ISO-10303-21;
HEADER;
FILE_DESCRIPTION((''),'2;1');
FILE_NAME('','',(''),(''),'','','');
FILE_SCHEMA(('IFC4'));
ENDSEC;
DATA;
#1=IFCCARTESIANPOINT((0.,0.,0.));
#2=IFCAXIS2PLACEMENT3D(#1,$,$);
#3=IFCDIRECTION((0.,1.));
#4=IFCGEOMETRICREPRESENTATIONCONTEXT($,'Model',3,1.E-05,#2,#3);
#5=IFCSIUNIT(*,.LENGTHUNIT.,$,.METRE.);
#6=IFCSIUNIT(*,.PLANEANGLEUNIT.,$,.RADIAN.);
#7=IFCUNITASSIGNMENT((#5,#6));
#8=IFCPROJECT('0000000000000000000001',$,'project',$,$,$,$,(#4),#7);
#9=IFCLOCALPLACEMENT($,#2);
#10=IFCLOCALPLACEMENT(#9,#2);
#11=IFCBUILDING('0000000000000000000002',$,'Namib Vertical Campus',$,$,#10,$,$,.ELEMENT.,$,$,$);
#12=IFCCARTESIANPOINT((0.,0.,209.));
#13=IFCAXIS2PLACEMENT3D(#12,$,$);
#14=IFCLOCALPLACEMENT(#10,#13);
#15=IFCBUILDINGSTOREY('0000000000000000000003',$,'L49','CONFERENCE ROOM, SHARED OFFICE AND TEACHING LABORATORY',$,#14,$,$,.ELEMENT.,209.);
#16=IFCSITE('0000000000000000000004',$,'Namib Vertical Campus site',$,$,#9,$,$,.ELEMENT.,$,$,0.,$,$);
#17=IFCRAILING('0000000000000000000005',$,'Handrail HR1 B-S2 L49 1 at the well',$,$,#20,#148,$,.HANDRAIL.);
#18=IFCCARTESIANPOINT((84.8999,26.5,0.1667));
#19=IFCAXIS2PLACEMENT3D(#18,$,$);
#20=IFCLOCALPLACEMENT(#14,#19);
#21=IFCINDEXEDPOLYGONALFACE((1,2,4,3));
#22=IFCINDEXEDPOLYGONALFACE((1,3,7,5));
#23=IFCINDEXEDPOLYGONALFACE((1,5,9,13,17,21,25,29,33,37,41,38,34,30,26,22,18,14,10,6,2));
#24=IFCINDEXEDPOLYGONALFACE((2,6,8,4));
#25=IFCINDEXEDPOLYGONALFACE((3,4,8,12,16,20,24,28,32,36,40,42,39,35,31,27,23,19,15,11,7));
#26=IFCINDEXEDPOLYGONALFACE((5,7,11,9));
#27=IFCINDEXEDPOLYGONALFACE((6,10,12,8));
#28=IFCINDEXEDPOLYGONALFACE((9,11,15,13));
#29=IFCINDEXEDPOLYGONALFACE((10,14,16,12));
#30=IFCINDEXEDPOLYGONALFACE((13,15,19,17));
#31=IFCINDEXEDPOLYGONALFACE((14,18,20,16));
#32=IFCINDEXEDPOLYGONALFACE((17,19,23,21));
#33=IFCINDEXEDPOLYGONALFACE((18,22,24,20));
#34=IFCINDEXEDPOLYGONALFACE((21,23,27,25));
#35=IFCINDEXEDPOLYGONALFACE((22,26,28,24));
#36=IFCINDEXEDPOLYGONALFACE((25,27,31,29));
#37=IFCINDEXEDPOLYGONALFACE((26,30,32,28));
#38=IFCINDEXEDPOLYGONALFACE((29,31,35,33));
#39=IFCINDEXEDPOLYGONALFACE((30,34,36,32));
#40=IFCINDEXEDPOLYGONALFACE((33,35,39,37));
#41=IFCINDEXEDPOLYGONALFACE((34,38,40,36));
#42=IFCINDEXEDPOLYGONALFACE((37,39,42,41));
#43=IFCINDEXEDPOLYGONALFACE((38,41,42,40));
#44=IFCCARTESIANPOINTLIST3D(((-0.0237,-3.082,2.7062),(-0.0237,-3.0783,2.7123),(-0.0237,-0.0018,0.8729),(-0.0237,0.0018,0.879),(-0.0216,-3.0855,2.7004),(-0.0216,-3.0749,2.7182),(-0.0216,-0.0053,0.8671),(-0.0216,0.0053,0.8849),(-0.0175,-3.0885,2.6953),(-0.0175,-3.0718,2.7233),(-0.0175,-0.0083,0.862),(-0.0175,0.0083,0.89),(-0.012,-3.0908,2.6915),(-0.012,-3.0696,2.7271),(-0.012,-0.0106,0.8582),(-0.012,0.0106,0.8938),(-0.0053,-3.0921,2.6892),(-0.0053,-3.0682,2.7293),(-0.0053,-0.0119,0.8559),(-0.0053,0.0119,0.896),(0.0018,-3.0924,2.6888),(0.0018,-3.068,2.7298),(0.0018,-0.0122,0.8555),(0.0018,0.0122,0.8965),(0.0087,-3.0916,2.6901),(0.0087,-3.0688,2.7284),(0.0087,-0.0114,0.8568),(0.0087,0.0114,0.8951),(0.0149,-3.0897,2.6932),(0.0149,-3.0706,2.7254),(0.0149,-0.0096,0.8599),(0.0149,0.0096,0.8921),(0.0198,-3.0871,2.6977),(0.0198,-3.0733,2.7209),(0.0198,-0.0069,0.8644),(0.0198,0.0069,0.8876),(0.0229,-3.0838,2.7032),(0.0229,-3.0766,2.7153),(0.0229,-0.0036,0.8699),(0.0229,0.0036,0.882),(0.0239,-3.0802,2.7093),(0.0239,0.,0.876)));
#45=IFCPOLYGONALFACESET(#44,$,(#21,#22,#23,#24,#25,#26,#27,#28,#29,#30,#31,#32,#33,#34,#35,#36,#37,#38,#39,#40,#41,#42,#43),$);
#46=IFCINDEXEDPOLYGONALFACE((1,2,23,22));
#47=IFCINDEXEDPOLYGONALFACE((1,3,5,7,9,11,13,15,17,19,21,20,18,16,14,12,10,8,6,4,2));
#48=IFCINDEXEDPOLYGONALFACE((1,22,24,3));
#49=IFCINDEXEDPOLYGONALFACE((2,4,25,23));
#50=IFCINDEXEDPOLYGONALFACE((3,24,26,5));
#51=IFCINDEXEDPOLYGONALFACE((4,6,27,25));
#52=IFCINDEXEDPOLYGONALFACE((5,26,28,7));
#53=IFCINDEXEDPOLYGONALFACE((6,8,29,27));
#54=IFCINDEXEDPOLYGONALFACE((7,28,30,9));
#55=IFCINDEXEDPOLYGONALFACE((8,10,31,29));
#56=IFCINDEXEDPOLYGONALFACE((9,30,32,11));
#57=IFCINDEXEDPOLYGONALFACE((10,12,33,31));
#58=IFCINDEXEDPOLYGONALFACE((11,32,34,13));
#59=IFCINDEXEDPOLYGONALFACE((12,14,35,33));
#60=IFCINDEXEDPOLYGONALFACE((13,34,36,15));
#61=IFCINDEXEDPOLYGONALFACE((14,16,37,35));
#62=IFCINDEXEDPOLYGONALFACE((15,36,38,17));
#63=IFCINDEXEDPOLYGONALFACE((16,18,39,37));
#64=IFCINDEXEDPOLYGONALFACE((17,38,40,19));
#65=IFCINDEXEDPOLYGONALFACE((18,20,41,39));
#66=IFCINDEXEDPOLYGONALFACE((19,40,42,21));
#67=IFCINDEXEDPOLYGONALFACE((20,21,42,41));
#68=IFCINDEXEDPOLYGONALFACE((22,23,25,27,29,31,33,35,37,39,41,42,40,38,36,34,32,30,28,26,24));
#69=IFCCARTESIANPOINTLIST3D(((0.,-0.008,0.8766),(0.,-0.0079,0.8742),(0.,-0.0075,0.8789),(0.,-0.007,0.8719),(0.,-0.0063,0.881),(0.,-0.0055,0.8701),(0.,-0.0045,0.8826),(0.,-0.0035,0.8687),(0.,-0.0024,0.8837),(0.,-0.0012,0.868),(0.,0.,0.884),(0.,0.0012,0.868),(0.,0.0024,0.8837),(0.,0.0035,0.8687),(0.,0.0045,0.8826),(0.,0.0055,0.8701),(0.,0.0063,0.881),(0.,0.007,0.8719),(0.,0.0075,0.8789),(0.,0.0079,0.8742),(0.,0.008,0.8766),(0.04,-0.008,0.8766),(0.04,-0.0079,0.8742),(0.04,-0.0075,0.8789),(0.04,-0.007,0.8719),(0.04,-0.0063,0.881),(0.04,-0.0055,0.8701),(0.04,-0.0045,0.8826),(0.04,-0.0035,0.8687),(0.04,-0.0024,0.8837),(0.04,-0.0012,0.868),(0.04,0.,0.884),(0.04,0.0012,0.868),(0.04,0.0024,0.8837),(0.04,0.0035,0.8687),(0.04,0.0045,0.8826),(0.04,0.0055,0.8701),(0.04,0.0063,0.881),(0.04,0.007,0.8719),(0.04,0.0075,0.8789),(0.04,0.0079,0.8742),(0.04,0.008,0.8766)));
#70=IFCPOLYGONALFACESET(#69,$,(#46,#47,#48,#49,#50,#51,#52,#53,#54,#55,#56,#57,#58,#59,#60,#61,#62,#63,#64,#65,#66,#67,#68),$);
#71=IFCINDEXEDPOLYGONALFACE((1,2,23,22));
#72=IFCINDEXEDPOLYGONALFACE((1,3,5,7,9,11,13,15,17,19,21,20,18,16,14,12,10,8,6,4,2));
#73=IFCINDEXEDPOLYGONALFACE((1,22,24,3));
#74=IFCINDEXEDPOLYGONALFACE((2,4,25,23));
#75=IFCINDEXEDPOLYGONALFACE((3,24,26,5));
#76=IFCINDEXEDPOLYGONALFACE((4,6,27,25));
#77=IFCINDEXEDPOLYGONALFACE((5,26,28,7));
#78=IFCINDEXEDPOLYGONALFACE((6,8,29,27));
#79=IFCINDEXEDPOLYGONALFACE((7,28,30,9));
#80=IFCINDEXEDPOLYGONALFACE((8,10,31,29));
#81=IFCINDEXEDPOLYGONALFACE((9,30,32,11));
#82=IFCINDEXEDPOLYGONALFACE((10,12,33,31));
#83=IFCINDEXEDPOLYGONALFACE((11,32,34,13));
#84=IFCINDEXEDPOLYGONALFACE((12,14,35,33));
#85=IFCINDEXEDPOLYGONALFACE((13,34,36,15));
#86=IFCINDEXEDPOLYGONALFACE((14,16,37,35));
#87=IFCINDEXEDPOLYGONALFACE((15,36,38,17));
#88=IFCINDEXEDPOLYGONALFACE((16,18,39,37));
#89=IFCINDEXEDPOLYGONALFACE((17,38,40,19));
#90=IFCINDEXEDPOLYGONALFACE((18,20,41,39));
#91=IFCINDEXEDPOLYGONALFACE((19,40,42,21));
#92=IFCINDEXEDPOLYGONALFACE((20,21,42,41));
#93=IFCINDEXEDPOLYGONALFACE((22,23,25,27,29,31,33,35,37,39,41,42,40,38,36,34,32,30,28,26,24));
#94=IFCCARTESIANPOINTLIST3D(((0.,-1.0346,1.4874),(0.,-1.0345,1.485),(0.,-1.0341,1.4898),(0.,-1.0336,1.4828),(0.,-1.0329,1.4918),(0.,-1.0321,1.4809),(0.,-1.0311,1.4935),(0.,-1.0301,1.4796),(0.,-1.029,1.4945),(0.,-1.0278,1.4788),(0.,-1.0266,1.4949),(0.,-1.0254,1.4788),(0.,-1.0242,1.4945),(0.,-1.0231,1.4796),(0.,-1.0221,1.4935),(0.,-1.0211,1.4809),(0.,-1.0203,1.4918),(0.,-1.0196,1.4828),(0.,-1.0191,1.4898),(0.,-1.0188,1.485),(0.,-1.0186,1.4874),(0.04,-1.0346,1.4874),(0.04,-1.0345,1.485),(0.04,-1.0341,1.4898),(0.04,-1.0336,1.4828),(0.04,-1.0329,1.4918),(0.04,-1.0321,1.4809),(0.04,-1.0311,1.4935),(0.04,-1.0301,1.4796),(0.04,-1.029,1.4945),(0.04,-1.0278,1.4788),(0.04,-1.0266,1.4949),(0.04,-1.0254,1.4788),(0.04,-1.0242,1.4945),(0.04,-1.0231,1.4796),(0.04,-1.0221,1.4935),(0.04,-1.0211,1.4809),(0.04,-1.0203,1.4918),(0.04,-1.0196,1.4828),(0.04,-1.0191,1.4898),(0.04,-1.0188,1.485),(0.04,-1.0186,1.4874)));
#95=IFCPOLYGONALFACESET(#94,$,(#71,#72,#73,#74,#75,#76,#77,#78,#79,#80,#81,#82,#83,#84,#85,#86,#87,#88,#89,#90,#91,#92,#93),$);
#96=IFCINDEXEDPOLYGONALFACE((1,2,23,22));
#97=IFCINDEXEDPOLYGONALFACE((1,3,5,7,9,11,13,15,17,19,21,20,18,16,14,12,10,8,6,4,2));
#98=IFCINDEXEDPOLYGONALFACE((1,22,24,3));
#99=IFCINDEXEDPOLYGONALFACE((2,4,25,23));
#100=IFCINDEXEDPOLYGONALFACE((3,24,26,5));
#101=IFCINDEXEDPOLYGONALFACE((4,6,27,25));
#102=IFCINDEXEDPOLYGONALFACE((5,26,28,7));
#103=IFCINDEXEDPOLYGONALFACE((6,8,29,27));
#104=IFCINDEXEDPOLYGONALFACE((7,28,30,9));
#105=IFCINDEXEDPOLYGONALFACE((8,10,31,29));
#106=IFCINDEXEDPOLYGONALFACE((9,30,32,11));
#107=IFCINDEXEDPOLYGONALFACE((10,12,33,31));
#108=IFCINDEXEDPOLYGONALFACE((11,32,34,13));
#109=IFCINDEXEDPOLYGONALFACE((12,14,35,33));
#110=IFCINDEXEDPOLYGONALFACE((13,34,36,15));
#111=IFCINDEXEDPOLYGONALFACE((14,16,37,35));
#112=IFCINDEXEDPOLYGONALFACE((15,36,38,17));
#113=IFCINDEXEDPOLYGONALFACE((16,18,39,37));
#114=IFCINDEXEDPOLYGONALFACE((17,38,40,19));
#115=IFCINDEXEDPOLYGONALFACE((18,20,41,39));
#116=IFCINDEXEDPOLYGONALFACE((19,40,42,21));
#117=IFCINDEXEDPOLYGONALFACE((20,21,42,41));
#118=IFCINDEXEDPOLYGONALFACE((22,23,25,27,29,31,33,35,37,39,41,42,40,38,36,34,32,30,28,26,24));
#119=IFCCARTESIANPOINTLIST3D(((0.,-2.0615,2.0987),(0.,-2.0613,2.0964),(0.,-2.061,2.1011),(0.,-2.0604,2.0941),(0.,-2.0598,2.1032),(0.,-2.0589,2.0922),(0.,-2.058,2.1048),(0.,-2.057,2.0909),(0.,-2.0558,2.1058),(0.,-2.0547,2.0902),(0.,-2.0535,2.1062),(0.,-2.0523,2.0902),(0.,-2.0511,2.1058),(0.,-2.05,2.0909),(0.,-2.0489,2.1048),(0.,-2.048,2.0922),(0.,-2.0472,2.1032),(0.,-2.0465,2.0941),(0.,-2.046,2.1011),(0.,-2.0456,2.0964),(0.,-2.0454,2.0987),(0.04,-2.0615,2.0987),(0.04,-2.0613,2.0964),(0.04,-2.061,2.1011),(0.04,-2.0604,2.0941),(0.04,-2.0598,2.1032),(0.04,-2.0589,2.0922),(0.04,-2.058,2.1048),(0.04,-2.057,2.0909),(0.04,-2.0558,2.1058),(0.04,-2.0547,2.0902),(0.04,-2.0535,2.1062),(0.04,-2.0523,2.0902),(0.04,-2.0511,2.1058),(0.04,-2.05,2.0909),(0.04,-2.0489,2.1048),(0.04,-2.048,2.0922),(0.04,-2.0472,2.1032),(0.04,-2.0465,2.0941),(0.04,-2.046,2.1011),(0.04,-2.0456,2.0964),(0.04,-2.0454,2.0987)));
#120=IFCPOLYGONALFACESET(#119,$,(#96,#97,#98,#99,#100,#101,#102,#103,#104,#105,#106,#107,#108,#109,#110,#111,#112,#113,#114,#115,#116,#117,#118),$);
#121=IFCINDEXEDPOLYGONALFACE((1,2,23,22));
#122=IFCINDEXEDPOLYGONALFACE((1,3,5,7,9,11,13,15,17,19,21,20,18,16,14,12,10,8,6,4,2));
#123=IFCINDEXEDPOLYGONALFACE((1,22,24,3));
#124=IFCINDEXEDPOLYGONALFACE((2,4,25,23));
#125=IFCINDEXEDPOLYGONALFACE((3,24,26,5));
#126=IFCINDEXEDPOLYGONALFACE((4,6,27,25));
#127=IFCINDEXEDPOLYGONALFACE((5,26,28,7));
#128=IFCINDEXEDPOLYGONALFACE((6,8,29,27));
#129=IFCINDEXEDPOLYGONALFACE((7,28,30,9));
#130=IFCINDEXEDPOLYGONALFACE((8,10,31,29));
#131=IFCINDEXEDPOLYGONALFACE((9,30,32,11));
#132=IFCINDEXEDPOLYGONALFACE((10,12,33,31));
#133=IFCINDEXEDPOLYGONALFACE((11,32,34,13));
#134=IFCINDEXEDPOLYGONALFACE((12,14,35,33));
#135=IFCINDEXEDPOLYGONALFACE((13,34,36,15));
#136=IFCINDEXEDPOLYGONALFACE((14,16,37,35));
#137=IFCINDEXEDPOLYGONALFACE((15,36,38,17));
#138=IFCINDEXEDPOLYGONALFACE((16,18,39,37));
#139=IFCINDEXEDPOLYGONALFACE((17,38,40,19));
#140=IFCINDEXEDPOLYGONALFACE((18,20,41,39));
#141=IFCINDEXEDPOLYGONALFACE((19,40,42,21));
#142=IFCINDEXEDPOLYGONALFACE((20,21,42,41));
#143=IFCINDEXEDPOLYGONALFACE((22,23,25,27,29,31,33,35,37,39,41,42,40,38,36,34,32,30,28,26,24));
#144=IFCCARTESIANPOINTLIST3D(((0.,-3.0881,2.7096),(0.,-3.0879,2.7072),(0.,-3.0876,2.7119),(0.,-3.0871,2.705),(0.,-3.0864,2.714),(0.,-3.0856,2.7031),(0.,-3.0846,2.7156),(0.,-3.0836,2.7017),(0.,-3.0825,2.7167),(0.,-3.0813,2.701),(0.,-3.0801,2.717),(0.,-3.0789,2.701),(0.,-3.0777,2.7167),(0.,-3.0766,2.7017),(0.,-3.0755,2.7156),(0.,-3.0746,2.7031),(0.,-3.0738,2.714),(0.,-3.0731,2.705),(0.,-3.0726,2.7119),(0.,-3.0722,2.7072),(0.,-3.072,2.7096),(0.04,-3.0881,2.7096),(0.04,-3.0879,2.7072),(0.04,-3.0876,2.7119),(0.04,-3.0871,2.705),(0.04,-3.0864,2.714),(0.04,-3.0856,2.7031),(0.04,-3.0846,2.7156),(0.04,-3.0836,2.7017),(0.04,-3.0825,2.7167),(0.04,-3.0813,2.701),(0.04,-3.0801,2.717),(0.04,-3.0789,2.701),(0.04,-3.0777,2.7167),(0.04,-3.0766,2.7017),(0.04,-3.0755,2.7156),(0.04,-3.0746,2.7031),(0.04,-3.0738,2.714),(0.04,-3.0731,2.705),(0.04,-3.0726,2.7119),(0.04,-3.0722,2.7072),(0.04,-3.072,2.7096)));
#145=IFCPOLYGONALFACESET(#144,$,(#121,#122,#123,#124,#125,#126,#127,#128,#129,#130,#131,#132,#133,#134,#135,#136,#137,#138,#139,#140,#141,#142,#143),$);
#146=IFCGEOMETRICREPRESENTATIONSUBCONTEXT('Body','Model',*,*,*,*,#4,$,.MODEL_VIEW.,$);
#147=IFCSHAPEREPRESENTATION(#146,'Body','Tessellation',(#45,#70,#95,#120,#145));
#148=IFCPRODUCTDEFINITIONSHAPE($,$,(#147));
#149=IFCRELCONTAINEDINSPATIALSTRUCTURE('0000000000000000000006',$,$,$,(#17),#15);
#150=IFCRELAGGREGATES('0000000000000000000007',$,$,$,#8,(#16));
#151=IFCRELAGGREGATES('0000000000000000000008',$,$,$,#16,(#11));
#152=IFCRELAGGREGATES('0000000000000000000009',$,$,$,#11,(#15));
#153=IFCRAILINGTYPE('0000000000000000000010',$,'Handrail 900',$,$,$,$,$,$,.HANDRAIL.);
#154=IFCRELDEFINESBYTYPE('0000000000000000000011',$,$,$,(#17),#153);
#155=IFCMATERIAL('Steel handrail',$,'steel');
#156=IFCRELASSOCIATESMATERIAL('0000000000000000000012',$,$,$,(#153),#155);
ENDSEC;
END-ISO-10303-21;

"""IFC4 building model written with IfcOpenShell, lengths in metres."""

from ifc_helpers import new_model, si_unit, direction, frame, origin, origin_2d, place, context, subcontext, project, spatial, circle, extrude, material, type_object, element, save


model = new_model("IFC4")

# Units and contexts
model_context = context("Model", 3, precision=1e-05, world=origin(), true_north=direction((0.0, 1.0)))
body_context = subcontext(model_context, "Body", "Model", "MODEL_VIEW")
ifc_project = project(units=[si_unit("LENGTHUNIT", "METRE"), si_unit("PLANEANGLEUNIT", "RADIAN")], contexts=[model_context])

# Site, building, storey
site_placement = place(None, origin())
site = spatial("IfcSite", under=ifc_project, at=site_placement, Name="Namib Vertical Campus site", CompositionType="ELEMENT", RefElevation=0.0)
building_placement = place(site_placement, origin())
building = spatial("IfcBuilding", under=site, at=building_placement, Name="Namib Vertical Campus", CompositionType="ELEMENT")
storey_placement = place(building_placement, frame((0.0, 0.0, 209.0)))
storey = spatial("IfcBuildingStorey", under=building, at=storey_placement, Name="L49", Description="CONFERENCE ROOM, SHARED OFFICE AND TEACHING LABORATORY", CompositionType="ELEMENT", Elevation=209.0)

# Railing
ifc_material_1 = material(Name="Steel handrail", Category="steel")
railing_type_1 = type_object("IfcRailingType", Name="Handrail 900", PredefinedType="HANDRAIL", material=ifc_material_1)
railing_1_placement = place(storey_placement, frame((84.8999, 26.5, 0.1667)))
element("IfcRailing", 1, at=railing_1_placement, inside=storey, type_object=railing_type_1, Name="Handrail HR1 B-S2 L49 1 at the well", PredefinedType="HANDRAIL", context=body_context, shape_type="SweptSolid", body=[
    extrude(circle(Radius=0.0239, at=origin_2d()), frame((0.0, 0.0, 0.876), z_axis=(0.0, -0.859309, 0.511458), x_axis=(1.0, 0.0, 0.0)), (0.0, 0.0, 1.0), 3.5845),
    extrude(circle(Radius=0.0081, at=origin_2d()), frame((0.0, 0.0, 0.876), z_axis=(1.0, 0.0, 0.0), x_axis=(0.0, 0.0, 1.0)), (0.0, 0.0, 1.0), 0.04),
    extrude(circle(Radius=0.0081, at=origin_2d()), frame((0.0, -1.0266, 1.4868), z_axis=(1.0, 0.0, 0.0), x_axis=(0.0, 0.0, 1.0)), (0.0, 0.0, 1.0), 0.04),
    extrude(circle(Radius=0.0081, at=origin_2d()), frame((0.0, -2.0535, 2.0981), z_axis=(1.0, 0.0, 0.0), x_axis=(0.0, 0.0, 1.0)), (0.0, 0.0, 1.0), 0.04),
    extrude(circle(Radius=0.0081, at=origin_2d()), frame((0.0, -3.0801, 2.709), z_axis=(1.0, 0.0, 0.0), x_axis=(0.0, 0.0, 1.0)), (0.0, 0.0, 1.0), 0.04),
])

save(model, "model.ifc")
